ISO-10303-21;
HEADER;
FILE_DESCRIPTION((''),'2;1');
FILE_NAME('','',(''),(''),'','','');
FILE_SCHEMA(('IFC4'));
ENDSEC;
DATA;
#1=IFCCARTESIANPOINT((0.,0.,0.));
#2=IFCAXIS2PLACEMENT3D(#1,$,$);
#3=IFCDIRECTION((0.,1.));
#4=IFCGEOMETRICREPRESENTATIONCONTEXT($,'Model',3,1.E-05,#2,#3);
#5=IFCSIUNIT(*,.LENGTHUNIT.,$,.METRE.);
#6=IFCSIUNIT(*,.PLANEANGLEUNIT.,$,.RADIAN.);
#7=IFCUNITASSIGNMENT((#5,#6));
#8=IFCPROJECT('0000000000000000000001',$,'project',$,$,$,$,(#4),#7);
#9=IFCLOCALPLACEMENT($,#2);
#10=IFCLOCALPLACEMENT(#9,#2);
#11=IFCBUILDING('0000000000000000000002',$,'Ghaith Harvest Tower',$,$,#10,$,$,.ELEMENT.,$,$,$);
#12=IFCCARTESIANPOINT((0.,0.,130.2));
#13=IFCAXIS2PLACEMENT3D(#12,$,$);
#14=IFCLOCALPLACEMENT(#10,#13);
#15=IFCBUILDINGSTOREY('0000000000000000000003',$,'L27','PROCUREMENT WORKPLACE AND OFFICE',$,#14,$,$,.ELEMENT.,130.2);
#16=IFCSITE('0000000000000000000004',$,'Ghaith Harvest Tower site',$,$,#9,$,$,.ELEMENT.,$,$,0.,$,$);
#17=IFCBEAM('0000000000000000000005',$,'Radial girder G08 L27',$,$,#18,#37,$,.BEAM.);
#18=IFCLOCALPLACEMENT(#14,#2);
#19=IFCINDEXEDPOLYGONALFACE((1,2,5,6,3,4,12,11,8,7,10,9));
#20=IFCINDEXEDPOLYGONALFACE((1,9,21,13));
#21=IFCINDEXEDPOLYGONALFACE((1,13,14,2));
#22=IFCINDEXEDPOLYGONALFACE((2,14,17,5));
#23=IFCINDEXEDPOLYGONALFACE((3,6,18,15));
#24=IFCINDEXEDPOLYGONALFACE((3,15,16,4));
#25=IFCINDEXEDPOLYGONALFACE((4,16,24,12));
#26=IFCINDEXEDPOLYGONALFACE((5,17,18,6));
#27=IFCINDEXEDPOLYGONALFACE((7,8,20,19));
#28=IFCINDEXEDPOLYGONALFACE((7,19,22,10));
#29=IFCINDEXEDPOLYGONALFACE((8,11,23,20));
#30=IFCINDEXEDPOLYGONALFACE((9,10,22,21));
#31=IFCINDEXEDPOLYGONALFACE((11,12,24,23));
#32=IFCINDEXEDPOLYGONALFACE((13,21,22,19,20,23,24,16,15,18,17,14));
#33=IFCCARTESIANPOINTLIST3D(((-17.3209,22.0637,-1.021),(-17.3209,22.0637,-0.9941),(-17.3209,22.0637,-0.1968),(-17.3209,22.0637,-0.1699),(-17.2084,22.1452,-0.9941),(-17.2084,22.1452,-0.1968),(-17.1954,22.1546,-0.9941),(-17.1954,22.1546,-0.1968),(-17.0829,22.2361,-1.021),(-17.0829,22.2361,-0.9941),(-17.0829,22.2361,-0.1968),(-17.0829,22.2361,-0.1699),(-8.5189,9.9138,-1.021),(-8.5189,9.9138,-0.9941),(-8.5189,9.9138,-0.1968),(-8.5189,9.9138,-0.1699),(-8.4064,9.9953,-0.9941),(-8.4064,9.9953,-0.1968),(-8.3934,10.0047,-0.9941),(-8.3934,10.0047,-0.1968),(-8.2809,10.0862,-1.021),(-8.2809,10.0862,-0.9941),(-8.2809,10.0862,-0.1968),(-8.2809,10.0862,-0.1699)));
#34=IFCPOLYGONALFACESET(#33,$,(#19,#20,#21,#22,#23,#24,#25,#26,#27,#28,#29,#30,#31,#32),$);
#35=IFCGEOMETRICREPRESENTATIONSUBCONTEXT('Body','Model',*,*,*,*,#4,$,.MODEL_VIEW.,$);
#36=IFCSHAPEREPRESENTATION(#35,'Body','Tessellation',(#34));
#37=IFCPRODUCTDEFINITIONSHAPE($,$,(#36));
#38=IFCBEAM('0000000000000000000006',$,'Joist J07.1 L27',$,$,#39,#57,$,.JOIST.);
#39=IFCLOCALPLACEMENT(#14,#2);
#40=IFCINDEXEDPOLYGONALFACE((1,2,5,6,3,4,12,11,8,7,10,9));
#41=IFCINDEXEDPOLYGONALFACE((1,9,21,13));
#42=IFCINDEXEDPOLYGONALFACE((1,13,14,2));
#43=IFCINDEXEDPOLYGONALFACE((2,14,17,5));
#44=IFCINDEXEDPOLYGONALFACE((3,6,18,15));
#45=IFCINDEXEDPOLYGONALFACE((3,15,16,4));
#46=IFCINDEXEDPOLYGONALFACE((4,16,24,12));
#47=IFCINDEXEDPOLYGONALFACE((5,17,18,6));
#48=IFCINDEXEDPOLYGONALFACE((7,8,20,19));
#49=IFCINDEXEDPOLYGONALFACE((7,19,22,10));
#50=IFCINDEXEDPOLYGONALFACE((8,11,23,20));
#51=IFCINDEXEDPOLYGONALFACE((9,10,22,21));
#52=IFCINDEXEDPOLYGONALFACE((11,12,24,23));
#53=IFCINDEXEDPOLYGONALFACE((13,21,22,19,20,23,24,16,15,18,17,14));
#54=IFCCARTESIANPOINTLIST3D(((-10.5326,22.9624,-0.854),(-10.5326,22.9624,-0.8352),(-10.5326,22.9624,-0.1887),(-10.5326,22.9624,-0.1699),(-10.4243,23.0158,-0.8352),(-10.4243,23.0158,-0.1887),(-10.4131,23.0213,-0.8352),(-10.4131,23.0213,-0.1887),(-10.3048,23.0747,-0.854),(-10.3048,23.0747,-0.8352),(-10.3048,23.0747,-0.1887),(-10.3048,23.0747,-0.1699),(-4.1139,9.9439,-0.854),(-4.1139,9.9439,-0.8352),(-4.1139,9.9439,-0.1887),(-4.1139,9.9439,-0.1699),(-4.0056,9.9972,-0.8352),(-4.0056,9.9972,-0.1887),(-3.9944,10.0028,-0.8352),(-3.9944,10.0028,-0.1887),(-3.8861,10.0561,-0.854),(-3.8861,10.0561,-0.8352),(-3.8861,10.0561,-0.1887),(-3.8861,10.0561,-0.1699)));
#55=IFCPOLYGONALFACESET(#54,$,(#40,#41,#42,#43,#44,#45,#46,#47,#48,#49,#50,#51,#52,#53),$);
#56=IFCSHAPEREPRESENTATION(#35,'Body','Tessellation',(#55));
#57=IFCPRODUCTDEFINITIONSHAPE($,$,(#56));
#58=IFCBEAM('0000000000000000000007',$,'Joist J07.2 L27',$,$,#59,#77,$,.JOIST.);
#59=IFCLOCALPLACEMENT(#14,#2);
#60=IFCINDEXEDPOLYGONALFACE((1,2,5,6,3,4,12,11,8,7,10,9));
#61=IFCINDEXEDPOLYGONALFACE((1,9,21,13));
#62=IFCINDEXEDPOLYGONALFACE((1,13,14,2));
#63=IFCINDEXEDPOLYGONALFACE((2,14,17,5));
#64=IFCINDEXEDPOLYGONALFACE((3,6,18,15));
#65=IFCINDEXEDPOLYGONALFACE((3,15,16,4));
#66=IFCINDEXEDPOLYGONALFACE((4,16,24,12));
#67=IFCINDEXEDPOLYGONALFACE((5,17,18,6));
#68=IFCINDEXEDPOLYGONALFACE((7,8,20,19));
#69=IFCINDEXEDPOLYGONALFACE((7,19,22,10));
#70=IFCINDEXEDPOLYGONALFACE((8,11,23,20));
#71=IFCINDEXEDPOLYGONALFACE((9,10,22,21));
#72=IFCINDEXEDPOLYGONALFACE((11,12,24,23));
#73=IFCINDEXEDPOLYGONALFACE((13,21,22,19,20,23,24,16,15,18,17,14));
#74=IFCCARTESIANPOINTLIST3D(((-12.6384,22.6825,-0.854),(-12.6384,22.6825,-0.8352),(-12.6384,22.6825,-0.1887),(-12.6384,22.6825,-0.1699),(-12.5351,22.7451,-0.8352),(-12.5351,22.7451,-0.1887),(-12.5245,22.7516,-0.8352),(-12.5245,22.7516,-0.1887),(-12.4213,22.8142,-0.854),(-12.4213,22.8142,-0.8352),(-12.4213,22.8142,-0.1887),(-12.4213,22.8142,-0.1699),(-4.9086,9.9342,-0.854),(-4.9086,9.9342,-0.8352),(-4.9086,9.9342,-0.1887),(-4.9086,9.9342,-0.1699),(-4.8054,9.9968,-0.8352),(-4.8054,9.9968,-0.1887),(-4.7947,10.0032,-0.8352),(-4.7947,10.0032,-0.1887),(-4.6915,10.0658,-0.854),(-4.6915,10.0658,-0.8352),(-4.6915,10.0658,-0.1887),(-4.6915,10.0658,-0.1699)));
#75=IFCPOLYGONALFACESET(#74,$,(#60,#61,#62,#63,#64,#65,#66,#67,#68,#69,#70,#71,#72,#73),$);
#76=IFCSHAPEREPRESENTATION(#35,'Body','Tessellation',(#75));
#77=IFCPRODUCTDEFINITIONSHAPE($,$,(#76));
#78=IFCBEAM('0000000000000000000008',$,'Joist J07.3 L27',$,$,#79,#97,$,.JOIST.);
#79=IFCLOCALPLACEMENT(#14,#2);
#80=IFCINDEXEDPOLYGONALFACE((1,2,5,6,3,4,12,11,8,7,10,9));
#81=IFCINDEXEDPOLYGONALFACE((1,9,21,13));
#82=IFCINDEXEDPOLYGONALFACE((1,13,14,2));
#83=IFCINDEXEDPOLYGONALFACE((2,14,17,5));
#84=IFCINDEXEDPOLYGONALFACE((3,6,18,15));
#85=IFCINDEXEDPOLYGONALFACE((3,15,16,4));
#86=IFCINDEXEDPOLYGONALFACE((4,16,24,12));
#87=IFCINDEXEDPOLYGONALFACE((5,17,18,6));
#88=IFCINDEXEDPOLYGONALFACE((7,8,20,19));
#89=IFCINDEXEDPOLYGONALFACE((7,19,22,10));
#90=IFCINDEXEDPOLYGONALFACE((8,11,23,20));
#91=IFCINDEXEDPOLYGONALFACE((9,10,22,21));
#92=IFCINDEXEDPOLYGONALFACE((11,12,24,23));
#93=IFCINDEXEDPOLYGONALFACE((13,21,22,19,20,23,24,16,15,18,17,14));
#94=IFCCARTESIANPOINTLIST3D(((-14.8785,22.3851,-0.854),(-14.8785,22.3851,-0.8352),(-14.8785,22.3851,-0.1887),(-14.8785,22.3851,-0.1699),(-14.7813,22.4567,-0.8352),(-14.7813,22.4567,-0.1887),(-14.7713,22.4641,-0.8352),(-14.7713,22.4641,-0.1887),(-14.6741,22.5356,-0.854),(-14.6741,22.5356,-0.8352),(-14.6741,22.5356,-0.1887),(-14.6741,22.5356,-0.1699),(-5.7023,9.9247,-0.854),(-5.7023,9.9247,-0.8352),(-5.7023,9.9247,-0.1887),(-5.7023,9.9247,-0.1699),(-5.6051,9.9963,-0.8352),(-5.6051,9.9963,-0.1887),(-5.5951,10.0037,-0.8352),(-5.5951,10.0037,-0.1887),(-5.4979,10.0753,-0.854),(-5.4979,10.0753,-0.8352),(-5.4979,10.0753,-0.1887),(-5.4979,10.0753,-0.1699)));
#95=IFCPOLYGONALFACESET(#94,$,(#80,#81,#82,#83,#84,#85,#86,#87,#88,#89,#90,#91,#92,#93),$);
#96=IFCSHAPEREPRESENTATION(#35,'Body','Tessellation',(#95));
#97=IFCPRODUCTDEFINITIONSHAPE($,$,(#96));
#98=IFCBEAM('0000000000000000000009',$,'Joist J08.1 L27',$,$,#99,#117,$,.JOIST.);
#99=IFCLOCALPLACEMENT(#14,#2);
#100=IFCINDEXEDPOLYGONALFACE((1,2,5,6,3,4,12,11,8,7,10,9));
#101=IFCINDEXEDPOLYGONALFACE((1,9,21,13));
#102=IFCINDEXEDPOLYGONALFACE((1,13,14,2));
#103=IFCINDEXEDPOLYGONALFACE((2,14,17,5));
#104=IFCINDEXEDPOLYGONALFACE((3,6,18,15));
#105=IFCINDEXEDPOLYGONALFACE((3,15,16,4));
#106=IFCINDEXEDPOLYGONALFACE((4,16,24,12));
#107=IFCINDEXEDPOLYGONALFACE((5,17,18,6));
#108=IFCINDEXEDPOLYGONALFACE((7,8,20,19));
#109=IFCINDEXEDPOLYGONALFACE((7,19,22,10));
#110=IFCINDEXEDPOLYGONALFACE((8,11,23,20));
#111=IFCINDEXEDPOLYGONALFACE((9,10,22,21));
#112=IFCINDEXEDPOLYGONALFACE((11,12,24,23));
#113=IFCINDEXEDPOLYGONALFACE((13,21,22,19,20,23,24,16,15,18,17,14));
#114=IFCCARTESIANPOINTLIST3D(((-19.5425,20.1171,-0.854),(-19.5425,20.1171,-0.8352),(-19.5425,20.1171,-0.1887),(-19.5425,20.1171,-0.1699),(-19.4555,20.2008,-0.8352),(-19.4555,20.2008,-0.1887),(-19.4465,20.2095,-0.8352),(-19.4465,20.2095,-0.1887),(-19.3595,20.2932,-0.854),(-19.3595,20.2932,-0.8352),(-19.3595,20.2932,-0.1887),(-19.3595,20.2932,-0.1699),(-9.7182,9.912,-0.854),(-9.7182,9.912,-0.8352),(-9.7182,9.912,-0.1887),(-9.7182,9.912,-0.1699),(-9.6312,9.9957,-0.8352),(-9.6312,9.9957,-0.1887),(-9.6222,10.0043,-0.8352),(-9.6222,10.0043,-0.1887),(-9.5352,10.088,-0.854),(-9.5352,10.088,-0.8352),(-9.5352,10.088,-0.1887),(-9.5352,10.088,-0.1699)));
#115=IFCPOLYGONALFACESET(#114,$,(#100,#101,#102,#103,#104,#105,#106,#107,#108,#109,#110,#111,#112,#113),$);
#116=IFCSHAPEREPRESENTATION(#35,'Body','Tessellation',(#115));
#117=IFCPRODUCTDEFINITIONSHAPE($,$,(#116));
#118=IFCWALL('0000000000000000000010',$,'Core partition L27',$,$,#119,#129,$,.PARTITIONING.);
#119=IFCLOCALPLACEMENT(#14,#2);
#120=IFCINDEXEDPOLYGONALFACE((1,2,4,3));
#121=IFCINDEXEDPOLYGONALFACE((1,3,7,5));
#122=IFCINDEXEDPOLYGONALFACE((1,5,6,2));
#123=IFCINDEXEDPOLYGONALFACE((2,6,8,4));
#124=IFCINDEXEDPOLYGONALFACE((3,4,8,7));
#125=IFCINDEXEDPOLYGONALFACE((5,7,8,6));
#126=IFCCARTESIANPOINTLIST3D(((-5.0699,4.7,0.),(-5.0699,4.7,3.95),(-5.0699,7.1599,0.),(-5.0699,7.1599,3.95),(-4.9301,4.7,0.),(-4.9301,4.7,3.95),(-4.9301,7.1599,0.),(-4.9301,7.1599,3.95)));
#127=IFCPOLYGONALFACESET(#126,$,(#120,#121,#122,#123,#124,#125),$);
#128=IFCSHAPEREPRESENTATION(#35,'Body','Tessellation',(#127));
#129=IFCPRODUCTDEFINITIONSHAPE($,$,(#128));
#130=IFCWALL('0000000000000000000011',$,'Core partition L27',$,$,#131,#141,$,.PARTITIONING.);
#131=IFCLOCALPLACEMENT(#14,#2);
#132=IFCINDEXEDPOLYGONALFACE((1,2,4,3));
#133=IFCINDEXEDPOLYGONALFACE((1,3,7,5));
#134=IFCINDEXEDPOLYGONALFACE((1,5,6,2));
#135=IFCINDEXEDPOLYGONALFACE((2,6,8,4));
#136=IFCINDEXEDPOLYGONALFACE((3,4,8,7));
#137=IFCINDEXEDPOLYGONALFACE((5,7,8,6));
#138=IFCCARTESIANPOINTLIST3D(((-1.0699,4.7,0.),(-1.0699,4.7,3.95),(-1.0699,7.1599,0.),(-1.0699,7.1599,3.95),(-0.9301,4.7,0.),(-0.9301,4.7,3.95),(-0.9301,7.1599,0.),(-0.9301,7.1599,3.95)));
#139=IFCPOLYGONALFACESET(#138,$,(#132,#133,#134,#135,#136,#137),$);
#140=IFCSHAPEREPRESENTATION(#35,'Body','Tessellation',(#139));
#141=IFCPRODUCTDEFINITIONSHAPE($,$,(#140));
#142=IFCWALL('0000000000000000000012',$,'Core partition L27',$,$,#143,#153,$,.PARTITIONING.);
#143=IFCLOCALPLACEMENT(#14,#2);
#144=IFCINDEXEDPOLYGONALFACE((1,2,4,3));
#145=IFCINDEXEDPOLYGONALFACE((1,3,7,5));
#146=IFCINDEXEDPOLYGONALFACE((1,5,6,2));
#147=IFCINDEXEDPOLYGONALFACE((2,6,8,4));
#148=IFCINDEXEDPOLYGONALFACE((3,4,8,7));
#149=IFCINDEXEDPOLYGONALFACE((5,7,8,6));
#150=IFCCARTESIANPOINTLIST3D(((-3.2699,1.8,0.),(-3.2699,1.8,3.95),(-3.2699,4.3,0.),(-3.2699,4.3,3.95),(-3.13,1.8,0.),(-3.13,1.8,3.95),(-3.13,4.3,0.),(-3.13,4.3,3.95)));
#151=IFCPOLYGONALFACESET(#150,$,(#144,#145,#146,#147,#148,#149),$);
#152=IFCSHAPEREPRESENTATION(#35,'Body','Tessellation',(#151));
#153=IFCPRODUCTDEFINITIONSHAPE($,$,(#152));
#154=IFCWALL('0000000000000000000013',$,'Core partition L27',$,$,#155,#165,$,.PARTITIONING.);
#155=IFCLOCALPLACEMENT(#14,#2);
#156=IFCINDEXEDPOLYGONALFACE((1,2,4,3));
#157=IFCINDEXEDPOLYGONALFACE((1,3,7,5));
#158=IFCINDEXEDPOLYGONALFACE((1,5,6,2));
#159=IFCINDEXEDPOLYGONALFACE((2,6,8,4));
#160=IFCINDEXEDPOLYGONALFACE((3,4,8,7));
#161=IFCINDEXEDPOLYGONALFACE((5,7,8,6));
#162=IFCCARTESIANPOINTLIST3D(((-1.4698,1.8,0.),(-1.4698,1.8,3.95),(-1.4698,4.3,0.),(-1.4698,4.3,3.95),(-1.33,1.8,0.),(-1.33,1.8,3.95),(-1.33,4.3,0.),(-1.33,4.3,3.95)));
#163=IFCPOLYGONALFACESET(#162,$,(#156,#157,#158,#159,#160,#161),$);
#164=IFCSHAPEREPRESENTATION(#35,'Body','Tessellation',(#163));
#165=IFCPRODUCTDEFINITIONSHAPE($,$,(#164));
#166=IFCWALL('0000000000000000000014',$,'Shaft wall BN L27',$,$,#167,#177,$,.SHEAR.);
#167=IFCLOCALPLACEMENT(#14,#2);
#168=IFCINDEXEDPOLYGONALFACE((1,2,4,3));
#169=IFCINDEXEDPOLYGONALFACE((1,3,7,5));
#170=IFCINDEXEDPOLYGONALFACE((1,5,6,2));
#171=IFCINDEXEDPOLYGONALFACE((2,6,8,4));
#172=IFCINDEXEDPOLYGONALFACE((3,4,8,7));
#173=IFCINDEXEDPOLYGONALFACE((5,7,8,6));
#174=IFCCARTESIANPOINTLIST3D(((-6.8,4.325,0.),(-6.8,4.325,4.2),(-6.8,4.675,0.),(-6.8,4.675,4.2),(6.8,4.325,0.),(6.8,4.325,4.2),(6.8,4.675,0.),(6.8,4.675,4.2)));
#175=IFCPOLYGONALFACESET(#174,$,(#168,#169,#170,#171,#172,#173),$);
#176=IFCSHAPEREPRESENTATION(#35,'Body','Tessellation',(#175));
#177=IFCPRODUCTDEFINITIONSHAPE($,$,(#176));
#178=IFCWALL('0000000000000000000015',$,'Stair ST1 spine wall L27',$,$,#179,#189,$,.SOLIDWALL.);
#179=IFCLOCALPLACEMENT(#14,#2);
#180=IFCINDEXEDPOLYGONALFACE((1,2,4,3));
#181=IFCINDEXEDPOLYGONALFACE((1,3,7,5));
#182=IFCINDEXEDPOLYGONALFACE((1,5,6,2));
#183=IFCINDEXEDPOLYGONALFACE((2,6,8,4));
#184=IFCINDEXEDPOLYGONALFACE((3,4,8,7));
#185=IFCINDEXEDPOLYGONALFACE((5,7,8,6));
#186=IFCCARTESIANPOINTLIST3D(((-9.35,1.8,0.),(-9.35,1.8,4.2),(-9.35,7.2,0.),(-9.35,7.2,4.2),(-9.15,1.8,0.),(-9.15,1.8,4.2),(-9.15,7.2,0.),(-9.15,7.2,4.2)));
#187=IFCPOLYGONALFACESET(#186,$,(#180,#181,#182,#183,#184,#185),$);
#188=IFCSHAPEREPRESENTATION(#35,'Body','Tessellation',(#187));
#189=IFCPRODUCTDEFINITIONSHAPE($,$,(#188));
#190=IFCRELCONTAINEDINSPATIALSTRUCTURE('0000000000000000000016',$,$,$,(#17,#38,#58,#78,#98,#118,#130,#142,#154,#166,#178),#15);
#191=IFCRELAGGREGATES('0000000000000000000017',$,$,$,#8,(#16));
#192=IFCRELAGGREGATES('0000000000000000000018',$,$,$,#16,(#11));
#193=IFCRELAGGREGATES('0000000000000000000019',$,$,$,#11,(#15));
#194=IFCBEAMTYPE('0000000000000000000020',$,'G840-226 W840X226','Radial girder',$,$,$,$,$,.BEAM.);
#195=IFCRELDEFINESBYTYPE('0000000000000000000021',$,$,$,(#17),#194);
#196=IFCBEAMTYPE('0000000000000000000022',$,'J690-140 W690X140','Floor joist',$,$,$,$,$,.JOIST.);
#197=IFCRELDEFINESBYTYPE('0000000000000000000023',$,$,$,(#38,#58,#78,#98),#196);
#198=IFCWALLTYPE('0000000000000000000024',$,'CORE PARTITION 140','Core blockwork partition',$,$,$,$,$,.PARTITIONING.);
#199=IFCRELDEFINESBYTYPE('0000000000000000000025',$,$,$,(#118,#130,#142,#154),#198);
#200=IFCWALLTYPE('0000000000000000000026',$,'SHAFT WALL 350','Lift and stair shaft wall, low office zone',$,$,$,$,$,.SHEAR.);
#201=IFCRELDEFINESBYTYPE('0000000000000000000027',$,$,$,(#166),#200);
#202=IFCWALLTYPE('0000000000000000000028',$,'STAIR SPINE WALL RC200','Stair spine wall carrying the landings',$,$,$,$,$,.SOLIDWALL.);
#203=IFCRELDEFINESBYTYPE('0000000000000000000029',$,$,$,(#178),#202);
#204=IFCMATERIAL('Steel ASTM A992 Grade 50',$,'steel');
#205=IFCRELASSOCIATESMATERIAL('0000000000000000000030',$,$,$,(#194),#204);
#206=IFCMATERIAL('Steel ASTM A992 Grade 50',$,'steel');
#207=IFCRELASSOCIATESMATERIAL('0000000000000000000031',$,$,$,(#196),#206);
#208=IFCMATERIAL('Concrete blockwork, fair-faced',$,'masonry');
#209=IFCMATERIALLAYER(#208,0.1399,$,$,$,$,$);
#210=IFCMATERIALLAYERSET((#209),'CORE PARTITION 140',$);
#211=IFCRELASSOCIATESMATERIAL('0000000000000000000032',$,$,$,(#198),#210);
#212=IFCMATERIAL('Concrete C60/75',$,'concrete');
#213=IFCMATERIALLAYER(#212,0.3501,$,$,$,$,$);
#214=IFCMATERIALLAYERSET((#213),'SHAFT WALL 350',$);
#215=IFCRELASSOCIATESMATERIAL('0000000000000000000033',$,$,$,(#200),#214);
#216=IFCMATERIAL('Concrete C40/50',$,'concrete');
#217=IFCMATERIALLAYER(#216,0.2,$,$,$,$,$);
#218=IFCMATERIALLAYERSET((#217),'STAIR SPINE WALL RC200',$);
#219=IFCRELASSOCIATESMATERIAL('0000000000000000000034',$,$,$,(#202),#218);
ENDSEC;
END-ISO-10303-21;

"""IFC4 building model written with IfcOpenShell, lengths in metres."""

from ifc_helpers import new_model, si_unit, direction, frame, frame_2d, origin, origin_2d, place, context, subcontext, project, spatial, rectangle, i_section, extrude, material, layer, layer_set, material_profile, profile_set, type_object, element, save


model = new_model("IFC4")

# Units and contexts
model_context = context("Model", 3, precision=1e-05, world=origin(), true_north=direction((0.0, 1.0)))
body_context = subcontext(model_context, "Body", "Model", "MODEL_VIEW")
ifc_project = project(units=[si_unit("LENGTHUNIT", "METRE"), si_unit("PLANEANGLEUNIT", "RADIAN")], contexts=[model_context])

# Site, building, storey
site_placement = place(None, origin())
site = spatial("IfcSite", under=ifc_project, at=site_placement, Name="Ghaith Harvest Tower site", CompositionType="ELEMENT", RefElevation=0.0)
building_placement = place(site_placement, origin())
building = spatial("IfcBuilding", under=site, at=building_placement, Name="Ghaith Harvest Tower", CompositionType="ELEMENT")
storey_placement = place(building_placement, frame((0.0, 0.0, 130.2)))
storey = spatial("IfcBuildingStorey", under=building, at=storey_placement, Name="L27", Description="PROCUREMENT WORKPLACE AND OFFICE", CompositionType="ELEMENT", Elevation=130.2)

# Beams
ifc_material_1 = material(Name="Steel ASTM A992 Grade 50", Category="steel")
ifc_material_profile_1 = material_profile(ifc_material_1, i_section(OverallWidth=0.2939, OverallDepth=0.8511, WebThickness=0.0161, FlangeThickness=0.0269, at=origin_2d()), Name="W840X226")
ifc_profile_set_1 = profile_set([ifc_material_profile_1], Name="Steel ASTM A992 Grade 50")
beam_type_1 = type_object("IfcBeamType", Name="G840-226 W840X226", Description="Radial girder", PredefinedType="BEAM", material=ifc_profile_set_1)
beam_1_placement = place(storey_placement, frame((-8.3999, 10.0, -0.5955), z_axis=(-0.586676, 0.809822, 0.0), x_axis=(-0.809822, -0.586676, 0.0)))
element("IfcBeam", 1, at=beam_1_placement, inside=storey, type_object=beam_type_1, Name="Radial girder G08 L27", PredefinedType="BEAM", context=body_context, shape_type="SweptSolid", body=[
    extrude(i_section(OverallWidth=0.2939, OverallDepth=0.8511, WebThickness=0.0161, FlangeThickness=0.0269, at=origin_2d()), origin(), (0.0, 0.0, 1.0), 15.0032),
])
ifc_material_2 = material(Name="Steel ASTM A992 Grade 50", Category="steel")
ifc_material_profile_2 = material_profile(ifc_material_2, i_section(OverallWidth=0.2539, OverallDepth=0.6841, WebThickness=0.0125, FlangeThickness=0.0188, at=origin_2d()), Name="W690X140")
ifc_profile_set_2 = profile_set([ifc_material_profile_2], Name="Steel ASTM A992 Grade 50")
beam_type_2 = type_object("IfcBeamType", Name="J690-140 W690X140", Description="Floor joist", PredefinedType="JOIST", material=ifc_profile_set_2)
beam_2_placement = place(storey_placement, frame((-4.0, 10.0, -0.512), z_axis=(-0.442214, 0.896909, 0.0), x_axis=(-0.896909, -0.442214, 0.0)))
element("IfcBeam", 2, at=beam_2_placement, inside=storey, type_object=beam_type_2, Name="Joist J07.1 L27", PredefinedType="JOIST", context=body_context, shape_type="SweptSolid", body=[
    extrude(i_section(OverallWidth=0.2539, OverallDepth=0.6841, WebThickness=0.0125, FlangeThickness=0.0188, at=origin_2d()), origin(), (0.0, 0.0, 1.0), 14.5149),
])
beam_3_placement = place(storey_placement, frame((-4.8, 10.0, -0.512), z_axis=(-0.518473, 0.855094, 0.0), x_axis=(-0.855094, -0.518473, 0.0)))
element("IfcBeam", 3, at=beam_3_placement, inside=storey, type_object=beam_type_2, Name="Joist J07.2 L27", PredefinedType="JOIST", context=body_context, shape_type="SweptSolid", body=[
    extrude(i_section(OverallWidth=0.2539, OverallDepth=0.6841, WebThickness=0.0125, FlangeThickness=0.0188, at=origin_2d()), origin(), (0.0, 0.0, 1.0), 14.9087),
])
beam_4_placement = place(storey_placement, frame((-5.6001, 10.0, -0.512), z_axis=(-0.592985, 0.805214, 0.0), x_axis=(-0.805214, -0.592985, 0.0)))
element("IfcBeam", 4, at=beam_4_placement, inside=storey, type_object=beam_type_2, Name="Joist J07.3 L27", PredefinedType="JOIST", context=body_context, shape_type="SweptSolid", body=[
    extrude(i_section(OverallWidth=0.2539, OverallDepth=0.6841, WebThickness=0.0125, FlangeThickness=0.0188, at=origin_2d()), origin(), (0.0, 0.0, 1.0), 15.4746),
])
beam_5_placement = place(storey_placement, frame((-9.6267, 10.0, -0.512), z_axis=(-0.693536, 0.720422, 0.0), x_axis=(-0.720422, -0.693536, 0.0)))
element("IfcBeam", 5, at=beam_5_placement, inside=storey, type_object=beam_type_2, Name="Joist J08.1 L27", PredefinedType="JOIST", context=body_context, shape_type="SweptSolid", body=[
    extrude(i_section(OverallWidth=0.2539, OverallDepth=0.6841, WebThickness=0.0125, FlangeThickness=0.0188, at=origin_2d()), origin(), (0.0, 0.0, 1.0), 14.1655),
])

# Shared definitions
ifc_material_3 = material(Name="Concrete blockwork, fair-faced", Category="masonry")
ifc_layer_1 = layer(ifc_material_3, 0.1399)
ifc_layer_set_1 = layer_set([ifc_layer_1], Name="CORE PARTITION 140")
wall_type_1 = type_object("IfcWallType", Name="CORE PARTITION 140", Description="Core blockwork partition", PredefinedType="PARTITIONING", material=ifc_layer_set_1)

# Walls
for number, where, z_axis, x_axis, name in (
    (6, (-5.0, 4.7, 0.0), (0.0, 0.0, 1.0), (0.0, 1.0, 0.0), "Core partition L27"),
    (7, (-1.0, 4.7, 0.0), (0.0, 0.0, 1.0), (0.0, 1.0, 0.0), "Core partition L27"),
):
    element("IfcWall", number, at=place(storey_placement, frame(where, z_axis=z_axis, x_axis=x_axis)), inside=storey, type_object=wall_type_1, Name=name, PredefinedType="PARTITIONING", context=body_context, shape_type="SweptSolid", body=[
        extrude(rectangle(XDim=2.46, YDim=0.1399, at=frame_2d((1.23, 0.0))), origin(), (0.0, 0.0, 1.0), 3.95),
    ])
for number, where, z_axis, x_axis, name in (
    (8, (-3.2, 1.8, 0.0), (0.0, 0.0, 1.0), (0.0, 1.0, 0.0), "Core partition L27"),
    (9, (-1.3999, 1.8, 0.0), (0.0, 0.0, 1.0), (0.0, 1.0, 0.0), "Core partition L27"),
):
    element("IfcWall", number, at=place(storey_placement, frame(where, z_axis=z_axis, x_axis=x_axis)), inside=storey, type_object=wall_type_1, Name=name, PredefinedType="PARTITIONING", context=body_context, shape_type="SweptSolid", body=[
        extrude(rectangle(XDim=2.5, YDim=0.1399, at=frame_2d((1.25, 0.0))), origin(), (0.0, 0.0, 1.0), 3.95),
    ])

# Shared definitions
ifc_material_4 = material(Name="Concrete C60/75", Category="concrete")
ifc_layer_2 = layer(ifc_material_4, 0.3501)
ifc_layer_set_2 = layer_set([ifc_layer_2], Name="SHAFT WALL 350")
wall_type_2 = type_object("IfcWallType", Name="SHAFT WALL 350", Description="Lift and stair shaft wall, low office zone", PredefinedType="SHEAR", material=ifc_layer_set_2)

# Walls
wall_1_placement = place(storey_placement, frame((-6.8, 4.5, 0.0), z_axis=(0.0, 0.0, 1.0), x_axis=(1.0, 0.0, 0.0)))
element("IfcWall", 10, at=wall_1_placement, inside=storey, type_object=wall_type_2, Name="Shaft wall BN L27", PredefinedType="SHEAR", context=body_context, shape_type="SweptSolid", body=[
    extrude(rectangle(XDim=13.6001, YDim=0.3501, at=frame_2d((6.8, 0.0))), origin(), (0.0, 0.0, 1.0), 4.2),
])
ifc_material_5 = material(Name="Concrete C40/50", Category="concrete")
ifc_layer_3 = layer(ifc_material_5, 0.2)
ifc_layer_set_3 = layer_set([ifc_layer_3], Name="STAIR SPINE WALL RC200")
wall_type_3 = type_object("IfcWallType", Name="STAIR SPINE WALL RC200", Description="Stair spine wall carrying the landings", PredefinedType="SOLIDWALL", material=ifc_layer_set_3)
wall_2_placement = place(storey_placement, frame((-9.25, 7.2, 0.0), z_axis=(0.0, 0.0, 1.0), x_axis=(0.0, -1.0, 0.0)))
element("IfcWall", 11, at=wall_2_placement, inside=storey, type_object=wall_type_3, Name="Stair ST1 spine wall L27", PredefinedType="SOLIDWALL", context=body_context, shape_type="SweptSolid", body=[
    extrude(rectangle(XDim=5.3999, YDim=0.2, at=frame_2d((2.7, 0.0))), origin(), (0.0, 0.0, 1.0), 4.2),
])

save(model, "model.ifc")
